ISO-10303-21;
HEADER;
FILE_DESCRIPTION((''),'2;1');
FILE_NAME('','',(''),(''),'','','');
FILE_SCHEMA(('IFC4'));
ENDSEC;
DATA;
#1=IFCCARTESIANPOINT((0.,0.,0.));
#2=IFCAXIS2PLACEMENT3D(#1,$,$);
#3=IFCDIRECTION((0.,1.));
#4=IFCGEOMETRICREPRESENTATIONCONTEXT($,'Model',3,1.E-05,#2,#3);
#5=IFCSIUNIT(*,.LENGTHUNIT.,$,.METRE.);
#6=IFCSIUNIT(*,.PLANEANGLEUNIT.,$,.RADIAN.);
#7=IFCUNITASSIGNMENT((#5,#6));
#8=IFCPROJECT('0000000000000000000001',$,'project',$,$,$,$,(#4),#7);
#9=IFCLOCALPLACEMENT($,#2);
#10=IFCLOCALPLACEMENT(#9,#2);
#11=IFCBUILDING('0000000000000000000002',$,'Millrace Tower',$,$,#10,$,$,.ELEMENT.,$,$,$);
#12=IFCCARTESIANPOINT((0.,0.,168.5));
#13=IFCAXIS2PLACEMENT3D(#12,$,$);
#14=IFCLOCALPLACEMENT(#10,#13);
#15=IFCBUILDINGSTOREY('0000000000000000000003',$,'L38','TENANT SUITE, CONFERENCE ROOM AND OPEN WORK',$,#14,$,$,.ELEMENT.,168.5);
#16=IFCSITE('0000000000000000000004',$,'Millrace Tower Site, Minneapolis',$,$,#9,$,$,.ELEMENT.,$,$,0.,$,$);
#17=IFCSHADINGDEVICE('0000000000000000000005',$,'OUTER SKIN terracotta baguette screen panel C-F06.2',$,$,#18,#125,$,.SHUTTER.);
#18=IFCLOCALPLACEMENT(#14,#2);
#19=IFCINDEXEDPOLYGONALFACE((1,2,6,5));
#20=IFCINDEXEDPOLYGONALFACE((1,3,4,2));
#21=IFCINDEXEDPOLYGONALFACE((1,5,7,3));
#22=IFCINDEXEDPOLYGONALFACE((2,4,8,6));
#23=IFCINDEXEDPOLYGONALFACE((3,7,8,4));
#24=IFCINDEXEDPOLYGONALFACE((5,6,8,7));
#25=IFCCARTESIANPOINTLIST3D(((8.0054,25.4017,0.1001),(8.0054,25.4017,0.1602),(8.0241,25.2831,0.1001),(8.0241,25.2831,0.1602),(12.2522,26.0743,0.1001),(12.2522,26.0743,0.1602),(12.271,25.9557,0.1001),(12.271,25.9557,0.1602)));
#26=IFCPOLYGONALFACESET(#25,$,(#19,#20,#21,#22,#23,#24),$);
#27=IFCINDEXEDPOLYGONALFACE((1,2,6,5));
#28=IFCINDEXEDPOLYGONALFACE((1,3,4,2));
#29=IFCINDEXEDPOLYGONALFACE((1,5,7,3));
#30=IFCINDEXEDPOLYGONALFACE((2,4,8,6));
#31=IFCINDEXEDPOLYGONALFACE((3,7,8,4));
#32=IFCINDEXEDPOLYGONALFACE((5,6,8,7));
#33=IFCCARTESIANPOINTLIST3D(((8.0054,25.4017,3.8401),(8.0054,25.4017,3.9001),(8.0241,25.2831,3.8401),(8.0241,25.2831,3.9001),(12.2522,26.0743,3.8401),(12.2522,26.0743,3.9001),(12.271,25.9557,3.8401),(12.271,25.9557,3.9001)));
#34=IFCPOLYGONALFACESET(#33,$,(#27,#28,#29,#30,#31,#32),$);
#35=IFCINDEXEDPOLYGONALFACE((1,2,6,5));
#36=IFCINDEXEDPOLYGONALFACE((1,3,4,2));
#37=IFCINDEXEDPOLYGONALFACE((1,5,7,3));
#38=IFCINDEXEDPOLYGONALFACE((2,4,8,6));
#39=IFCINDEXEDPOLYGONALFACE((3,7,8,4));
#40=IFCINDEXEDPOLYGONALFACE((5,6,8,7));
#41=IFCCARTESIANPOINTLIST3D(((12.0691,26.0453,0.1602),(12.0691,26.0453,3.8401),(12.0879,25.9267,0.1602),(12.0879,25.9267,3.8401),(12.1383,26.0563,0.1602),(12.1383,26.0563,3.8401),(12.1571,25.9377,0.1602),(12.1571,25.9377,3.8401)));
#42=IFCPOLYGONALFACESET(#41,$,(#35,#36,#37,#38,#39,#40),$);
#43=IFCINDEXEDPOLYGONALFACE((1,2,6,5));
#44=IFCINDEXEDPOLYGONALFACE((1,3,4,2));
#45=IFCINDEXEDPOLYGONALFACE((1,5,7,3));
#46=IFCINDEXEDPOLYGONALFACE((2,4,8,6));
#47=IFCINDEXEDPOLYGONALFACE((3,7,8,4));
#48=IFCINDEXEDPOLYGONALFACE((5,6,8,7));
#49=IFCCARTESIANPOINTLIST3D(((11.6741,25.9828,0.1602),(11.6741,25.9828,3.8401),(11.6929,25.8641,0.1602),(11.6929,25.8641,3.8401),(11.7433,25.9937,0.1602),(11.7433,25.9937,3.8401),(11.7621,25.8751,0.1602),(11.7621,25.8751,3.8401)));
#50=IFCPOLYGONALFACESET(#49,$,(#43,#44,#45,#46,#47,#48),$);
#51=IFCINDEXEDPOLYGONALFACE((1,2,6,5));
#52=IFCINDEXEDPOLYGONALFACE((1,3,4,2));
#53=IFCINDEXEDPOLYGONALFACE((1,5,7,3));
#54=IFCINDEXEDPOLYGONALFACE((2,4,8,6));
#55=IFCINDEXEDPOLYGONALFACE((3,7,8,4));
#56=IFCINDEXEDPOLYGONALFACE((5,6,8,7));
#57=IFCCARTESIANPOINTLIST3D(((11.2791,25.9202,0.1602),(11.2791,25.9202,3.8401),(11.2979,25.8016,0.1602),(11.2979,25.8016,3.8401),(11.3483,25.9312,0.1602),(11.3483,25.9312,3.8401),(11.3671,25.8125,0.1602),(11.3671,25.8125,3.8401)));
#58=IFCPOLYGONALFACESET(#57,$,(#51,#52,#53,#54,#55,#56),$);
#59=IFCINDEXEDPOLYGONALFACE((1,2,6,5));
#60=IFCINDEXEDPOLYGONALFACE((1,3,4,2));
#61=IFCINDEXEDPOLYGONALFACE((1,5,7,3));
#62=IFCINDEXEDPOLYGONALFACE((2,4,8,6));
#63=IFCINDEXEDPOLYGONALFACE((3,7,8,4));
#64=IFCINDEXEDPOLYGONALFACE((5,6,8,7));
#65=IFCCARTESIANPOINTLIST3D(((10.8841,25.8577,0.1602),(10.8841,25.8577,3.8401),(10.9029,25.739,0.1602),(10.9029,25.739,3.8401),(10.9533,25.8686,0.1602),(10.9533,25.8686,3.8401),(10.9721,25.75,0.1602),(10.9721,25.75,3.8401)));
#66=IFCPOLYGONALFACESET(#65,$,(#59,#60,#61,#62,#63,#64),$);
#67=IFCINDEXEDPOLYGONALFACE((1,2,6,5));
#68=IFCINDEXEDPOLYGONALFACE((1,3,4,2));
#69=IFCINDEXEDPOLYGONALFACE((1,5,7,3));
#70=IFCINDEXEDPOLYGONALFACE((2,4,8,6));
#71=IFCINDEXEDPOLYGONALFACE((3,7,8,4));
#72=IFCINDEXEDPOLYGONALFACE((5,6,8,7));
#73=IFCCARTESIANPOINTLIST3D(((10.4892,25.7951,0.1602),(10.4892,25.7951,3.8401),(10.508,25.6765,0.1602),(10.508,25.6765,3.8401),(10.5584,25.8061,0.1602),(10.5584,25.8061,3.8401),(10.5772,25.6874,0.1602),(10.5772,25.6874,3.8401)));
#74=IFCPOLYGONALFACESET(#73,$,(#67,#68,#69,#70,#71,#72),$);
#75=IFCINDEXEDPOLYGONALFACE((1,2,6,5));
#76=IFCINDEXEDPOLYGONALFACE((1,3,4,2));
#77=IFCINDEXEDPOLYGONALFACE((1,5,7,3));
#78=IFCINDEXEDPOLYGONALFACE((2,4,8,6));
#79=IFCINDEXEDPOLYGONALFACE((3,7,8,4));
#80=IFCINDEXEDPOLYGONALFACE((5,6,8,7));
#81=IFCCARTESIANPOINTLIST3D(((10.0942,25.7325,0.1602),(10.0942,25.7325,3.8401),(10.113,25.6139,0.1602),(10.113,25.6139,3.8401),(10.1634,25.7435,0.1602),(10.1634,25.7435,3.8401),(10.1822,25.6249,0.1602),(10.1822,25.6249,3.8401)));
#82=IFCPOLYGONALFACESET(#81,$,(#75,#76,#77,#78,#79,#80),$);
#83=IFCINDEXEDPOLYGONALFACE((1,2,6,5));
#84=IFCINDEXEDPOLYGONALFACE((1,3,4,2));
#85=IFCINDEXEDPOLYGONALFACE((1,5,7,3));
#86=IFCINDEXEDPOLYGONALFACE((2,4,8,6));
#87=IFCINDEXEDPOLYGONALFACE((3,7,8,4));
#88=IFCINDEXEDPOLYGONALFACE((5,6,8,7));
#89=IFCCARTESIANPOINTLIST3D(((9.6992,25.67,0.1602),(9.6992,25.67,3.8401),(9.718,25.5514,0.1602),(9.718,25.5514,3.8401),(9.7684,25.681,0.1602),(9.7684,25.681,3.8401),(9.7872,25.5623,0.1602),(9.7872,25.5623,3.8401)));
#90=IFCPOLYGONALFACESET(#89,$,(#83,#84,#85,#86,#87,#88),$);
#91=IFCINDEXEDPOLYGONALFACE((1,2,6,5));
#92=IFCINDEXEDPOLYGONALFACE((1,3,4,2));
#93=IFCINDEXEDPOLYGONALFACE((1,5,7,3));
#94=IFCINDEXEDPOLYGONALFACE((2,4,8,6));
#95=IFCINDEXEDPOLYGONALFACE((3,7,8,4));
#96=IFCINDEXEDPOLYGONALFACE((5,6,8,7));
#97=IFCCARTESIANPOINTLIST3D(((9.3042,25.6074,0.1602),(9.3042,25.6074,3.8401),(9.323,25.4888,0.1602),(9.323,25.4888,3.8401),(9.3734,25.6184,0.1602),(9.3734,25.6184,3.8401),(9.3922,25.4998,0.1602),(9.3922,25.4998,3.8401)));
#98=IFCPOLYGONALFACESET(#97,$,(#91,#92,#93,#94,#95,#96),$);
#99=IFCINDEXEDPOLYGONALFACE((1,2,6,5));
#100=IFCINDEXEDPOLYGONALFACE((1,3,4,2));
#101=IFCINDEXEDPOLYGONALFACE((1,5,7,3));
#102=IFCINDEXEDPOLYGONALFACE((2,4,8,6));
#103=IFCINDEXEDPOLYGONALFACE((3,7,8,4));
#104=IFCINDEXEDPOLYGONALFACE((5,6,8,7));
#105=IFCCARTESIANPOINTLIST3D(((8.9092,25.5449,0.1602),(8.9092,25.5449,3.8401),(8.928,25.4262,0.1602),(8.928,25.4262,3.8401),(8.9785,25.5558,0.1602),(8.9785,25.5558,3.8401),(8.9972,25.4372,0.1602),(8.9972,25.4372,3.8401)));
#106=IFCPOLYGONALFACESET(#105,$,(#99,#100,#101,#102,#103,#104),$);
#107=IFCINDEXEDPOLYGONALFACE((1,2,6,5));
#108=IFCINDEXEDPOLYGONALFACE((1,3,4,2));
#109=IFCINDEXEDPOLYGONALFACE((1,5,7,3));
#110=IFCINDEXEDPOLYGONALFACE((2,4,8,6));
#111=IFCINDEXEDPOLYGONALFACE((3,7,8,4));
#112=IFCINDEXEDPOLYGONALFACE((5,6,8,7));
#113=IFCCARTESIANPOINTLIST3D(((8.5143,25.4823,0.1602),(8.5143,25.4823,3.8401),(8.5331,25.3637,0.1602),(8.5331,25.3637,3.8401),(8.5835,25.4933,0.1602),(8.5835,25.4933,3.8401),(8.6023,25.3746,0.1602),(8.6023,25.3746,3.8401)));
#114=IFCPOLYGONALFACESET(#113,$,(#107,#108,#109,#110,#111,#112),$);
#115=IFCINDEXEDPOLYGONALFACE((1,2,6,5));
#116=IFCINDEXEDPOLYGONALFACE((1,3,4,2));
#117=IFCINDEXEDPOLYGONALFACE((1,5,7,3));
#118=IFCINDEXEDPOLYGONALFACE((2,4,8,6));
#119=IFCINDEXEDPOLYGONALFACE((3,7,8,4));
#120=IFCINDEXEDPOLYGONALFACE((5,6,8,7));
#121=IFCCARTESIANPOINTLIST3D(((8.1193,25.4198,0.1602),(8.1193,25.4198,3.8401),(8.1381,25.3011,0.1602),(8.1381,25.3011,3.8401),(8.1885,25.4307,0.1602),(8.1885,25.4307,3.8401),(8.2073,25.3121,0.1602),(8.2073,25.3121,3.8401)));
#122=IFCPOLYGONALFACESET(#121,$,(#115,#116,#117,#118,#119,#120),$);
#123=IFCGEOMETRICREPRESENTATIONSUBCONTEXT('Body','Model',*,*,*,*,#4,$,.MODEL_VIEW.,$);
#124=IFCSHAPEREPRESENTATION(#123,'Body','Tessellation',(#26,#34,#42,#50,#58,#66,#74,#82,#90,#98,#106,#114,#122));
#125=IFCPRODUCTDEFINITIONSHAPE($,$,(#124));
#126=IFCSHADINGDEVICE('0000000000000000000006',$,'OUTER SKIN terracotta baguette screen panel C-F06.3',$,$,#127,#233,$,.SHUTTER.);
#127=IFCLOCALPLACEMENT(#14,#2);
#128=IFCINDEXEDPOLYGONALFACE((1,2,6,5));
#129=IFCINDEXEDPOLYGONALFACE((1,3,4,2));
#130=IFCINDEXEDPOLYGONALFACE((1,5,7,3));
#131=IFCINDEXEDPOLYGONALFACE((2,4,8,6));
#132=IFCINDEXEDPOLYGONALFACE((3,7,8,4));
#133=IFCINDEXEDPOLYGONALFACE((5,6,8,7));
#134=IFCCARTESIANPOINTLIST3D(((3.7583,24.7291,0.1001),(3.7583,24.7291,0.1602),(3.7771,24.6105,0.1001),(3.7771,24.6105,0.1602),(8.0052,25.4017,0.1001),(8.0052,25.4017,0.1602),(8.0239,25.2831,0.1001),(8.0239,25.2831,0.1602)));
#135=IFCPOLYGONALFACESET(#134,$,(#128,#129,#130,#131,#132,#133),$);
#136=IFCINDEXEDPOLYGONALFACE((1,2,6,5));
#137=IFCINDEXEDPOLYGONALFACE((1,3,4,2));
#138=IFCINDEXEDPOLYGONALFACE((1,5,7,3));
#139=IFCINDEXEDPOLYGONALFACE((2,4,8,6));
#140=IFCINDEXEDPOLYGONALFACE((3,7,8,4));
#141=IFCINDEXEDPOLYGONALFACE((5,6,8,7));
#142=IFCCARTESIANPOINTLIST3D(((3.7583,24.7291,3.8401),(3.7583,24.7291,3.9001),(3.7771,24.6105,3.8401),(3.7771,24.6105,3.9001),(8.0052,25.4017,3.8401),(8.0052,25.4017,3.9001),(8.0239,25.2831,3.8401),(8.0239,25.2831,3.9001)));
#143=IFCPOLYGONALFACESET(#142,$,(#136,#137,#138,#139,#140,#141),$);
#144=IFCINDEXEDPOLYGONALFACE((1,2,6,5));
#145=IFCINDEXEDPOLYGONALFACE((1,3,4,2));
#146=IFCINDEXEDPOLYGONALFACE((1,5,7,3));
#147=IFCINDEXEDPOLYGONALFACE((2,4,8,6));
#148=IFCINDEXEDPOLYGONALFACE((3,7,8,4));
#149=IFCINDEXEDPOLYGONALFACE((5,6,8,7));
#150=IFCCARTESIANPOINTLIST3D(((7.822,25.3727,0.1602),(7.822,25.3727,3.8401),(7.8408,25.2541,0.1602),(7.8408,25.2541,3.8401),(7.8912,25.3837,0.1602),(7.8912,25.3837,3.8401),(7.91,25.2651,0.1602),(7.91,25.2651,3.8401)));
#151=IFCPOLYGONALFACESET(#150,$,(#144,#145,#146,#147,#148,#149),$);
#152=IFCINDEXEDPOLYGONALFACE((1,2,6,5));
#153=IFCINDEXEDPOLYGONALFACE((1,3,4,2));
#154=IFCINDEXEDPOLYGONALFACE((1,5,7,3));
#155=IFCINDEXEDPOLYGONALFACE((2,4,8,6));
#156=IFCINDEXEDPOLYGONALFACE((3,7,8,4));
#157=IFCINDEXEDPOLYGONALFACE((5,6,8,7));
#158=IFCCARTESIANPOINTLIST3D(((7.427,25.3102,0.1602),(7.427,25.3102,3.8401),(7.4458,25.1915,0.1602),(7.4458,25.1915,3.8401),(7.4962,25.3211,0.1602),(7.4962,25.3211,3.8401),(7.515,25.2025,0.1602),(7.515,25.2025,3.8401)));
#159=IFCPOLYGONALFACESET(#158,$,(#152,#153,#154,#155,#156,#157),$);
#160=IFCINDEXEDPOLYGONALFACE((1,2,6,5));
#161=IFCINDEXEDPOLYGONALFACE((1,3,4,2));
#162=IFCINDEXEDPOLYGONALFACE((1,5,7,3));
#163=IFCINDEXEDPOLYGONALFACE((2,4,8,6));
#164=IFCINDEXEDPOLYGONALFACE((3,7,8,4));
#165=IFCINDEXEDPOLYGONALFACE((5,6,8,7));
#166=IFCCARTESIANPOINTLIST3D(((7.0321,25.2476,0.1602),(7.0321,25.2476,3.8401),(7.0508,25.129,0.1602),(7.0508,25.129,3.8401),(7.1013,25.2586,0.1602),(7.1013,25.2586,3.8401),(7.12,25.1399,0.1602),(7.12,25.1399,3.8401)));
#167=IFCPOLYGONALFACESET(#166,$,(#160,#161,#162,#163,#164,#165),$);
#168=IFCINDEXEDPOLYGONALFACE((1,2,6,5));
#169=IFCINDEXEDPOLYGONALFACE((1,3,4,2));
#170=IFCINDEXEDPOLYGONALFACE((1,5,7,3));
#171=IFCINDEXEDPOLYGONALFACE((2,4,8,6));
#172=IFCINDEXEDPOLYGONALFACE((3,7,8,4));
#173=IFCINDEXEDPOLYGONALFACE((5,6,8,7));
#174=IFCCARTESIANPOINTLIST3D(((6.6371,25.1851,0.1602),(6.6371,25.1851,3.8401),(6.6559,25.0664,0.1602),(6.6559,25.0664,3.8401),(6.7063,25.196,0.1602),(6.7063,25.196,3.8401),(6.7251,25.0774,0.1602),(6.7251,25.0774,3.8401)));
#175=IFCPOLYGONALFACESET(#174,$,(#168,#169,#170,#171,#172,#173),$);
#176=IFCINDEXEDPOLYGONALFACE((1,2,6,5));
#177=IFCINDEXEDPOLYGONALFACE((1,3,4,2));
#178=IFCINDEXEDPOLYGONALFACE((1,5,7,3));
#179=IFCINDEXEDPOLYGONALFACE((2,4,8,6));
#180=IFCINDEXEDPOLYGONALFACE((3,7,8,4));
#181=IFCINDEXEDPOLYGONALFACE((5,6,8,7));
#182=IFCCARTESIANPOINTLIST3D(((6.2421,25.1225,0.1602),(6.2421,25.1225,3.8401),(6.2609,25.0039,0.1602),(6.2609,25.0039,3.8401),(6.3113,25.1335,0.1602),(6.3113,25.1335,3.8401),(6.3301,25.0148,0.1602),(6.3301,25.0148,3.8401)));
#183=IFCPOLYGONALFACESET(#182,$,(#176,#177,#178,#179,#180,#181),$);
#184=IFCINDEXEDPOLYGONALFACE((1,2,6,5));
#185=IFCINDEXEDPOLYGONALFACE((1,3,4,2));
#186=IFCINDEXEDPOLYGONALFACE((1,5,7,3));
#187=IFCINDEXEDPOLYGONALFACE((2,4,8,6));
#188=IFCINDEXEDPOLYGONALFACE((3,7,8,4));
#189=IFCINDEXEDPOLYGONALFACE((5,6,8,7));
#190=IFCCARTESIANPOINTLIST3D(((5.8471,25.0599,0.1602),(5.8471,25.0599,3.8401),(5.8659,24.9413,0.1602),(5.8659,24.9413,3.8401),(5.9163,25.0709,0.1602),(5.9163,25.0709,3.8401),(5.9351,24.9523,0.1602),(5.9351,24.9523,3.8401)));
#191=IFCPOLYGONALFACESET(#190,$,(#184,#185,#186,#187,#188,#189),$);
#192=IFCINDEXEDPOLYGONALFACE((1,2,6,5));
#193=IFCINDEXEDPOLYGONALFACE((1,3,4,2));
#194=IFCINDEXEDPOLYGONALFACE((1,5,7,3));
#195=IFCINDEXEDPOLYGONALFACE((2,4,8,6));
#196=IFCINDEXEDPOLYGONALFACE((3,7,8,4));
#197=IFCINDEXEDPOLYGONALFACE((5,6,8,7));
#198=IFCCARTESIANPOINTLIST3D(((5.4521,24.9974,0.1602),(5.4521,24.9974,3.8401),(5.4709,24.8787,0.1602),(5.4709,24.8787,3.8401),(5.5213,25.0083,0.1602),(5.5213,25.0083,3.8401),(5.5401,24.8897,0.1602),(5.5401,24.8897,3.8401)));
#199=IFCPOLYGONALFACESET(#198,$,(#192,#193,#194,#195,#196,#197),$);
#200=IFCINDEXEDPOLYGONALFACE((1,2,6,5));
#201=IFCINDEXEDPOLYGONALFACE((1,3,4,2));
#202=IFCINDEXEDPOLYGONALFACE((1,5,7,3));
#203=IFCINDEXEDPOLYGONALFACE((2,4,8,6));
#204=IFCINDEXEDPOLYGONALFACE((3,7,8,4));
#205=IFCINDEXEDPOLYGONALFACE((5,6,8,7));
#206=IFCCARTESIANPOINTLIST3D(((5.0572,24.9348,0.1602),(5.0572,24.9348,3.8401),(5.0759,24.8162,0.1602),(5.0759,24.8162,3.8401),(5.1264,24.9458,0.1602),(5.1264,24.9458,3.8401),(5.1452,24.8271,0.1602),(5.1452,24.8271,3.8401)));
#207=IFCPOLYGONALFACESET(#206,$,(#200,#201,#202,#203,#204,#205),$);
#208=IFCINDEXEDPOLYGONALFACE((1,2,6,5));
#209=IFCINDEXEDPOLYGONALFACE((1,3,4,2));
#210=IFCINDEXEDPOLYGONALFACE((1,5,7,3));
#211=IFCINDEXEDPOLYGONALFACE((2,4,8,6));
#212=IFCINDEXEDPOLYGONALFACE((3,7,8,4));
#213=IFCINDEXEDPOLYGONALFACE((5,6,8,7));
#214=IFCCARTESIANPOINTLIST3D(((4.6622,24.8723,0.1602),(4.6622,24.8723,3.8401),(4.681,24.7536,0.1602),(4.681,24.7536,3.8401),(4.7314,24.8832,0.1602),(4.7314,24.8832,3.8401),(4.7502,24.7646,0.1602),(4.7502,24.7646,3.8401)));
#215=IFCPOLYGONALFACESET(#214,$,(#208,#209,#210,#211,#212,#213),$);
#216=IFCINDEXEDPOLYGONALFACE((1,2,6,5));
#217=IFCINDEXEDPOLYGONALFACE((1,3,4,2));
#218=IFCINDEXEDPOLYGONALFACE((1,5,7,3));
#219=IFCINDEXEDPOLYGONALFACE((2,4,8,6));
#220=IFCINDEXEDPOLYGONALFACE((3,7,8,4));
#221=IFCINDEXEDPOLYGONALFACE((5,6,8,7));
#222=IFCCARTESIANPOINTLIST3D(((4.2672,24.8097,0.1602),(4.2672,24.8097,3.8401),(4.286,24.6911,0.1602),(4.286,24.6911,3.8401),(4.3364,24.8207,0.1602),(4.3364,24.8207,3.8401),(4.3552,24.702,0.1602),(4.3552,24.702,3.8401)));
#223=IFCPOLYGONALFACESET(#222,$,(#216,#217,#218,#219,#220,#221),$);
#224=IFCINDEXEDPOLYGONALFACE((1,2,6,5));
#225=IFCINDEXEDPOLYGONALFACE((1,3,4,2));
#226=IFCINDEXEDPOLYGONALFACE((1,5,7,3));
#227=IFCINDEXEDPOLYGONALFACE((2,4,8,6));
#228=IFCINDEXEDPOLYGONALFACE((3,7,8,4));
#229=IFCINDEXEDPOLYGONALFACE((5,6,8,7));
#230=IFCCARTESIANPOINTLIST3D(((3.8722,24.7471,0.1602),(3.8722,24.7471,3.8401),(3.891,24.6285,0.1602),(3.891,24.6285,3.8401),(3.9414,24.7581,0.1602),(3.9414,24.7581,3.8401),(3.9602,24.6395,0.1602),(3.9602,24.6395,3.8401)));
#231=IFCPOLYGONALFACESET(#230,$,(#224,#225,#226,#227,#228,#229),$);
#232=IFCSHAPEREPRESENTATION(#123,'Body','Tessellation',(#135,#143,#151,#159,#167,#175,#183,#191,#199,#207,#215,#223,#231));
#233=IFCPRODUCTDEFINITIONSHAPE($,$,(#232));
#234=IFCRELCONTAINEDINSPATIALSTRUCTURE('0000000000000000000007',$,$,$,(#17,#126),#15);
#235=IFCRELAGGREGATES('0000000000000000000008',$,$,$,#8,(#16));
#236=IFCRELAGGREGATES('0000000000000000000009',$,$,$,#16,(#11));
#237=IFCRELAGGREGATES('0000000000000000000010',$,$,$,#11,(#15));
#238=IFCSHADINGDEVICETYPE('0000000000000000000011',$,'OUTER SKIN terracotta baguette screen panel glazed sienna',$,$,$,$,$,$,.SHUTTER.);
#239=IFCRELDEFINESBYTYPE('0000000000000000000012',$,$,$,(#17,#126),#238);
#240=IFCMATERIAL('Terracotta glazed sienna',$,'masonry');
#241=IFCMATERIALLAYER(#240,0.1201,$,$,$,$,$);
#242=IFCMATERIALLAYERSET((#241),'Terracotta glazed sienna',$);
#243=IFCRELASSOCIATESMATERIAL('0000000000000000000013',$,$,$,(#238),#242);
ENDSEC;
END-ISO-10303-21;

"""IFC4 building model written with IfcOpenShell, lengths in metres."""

from ifc_helpers import new_model, entity, si_unit, direction, frame, frame_2d, origin, origin_2d, place, context, subcontext, project, spatial, rectangle, extrude, source, transform, mapped, material, layer, layer_set, type_object, element, save


model = new_model("IFC4")

# Units and contexts
model_context = context("Model", 3, precision=1e-05, world=origin(), true_north=direction((0.0, 1.0)))
body_context = subcontext(model_context, "Body", "Model", "MODEL_VIEW")
ifc_project = project(units=[si_unit("LENGTHUNIT", "METRE"), si_unit("PLANEANGLEUNIT", "RADIAN")], contexts=[model_context])

# Site, building, storey
site_placement = place(None, origin())
site = spatial("IfcSite", under=ifc_project, at=site_placement, Name="Millrace Tower Site, Minneapolis", CompositionType="ELEMENT", RefElevation=0.0)
building_placement = place(site_placement, origin())
building = spatial("IfcBuilding", under=site, at=building_placement, Name="Millrace Tower", CompositionType="ELEMENT")
storey_placement = place(building_placement, frame((0.0, 0.0, 168.5)))
storey = spatial("IfcBuildingStorey", under=building, at=storey_placement, Name="L38", Description="TENANT SUITE, CONFERENCE ROOM AND OPEN WORK", CompositionType="ELEMENT", Elevation=168.5)

# Shading devices
ifc_material_1 = material(Name="Terracotta glazed sienna", Category="masonry")
ifc_layer_1 = layer(ifc_material_1, 0.1201)
ifc_layer_set_1 = layer_set([ifc_layer_1], Name="Terracotta glazed sienna")
shading_device_type = type_object("IfcShadingDeviceType", Name="OUTER SKIN terracotta baguette screen panel glazed sienna", PredefinedType="SHUTTER", material=ifc_layer_set_1)
cartesian_point_1 = entity("IfcCartesianPoint", [-2.1499, 0.0601])
shared_polyline_1 = entity("IfcPolyline", [cartesian_point_1, entity("IfcCartesianPoint", [2.1499, 0.0601]), entity("IfcCartesianPoint", [2.1499, -0.0601]), entity("IfcCartesianPoint", [-2.1499, -0.0601]), cartesian_point_1])
shared_shape_1 = source(origin(), body_context, "Body", "SweptSolid", [
    entity("IfcExtrudedAreaSolid", entity("IfcArbitraryClosedProfileDef", "AREA", None, shared_polyline_1), entity("IfcAxis2Placement3D", entity("IfcCartesianPoint", [0.0, 0.0, 0.0])), entity("IfcDirection", [0.0, 0.0, 1.0]), 0.0601),
    entity("IfcExtrudedAreaSolid", entity("IfcArbitraryClosedProfileDef", "AREA", None, shared_polyline_1), entity("IfcAxis2Placement3D", entity("IfcCartesianPoint", [0.0, 0.0, 3.74])), entity("IfcDirection", [0.0, 0.0, 1.0]), 0.0601),
    extrude(rectangle(XDim=0.0701, YDim=0.1201, at=frame_2d((-1.9995, 0.0))), frame((0.0, 0.0, 0.0601)), (0.0, 0.0, 1.0), 3.6799),
    extrude(rectangle(XDim=0.0701, YDim=0.1201, at=frame_2d((-1.5996, 0.0))), frame((0.0, 0.0, 0.0601)), (0.0, 0.0, 1.0), 3.6799),
    extrude(rectangle(XDim=0.0701, YDim=0.1201, at=frame_2d((-1.1997, 0.0))), frame((0.0, 0.0, 0.0601)), (0.0, 0.0, 1.0), 3.6799),
    extrude(rectangle(XDim=0.0701, YDim=0.1201, at=frame_2d((-0.7998, 0.0))), frame((0.0, 0.0, 0.0601)), (0.0, 0.0, 1.0), 3.6799),
    extrude(rectangle(XDim=0.0701, YDim=0.1201, at=frame_2d((-0.3999, 0.0))), frame((0.0, 0.0, 0.0601)), (0.0, 0.0, 1.0), 3.6799),
    extrude(rectangle(XDim=0.0701, YDim=0.1201, at=origin_2d()), frame((0.0, 0.0, 0.0601)), (0.0, 0.0, 1.0), 3.6799),
    extrude(rectangle(XDim=0.0701, YDim=0.1201, at=frame_2d((0.3999, 0.0))), frame((0.0, 0.0, 0.0601)), (0.0, 0.0, 1.0), 3.6799),
    extrude(rectangle(XDim=0.0701, YDim=0.1201, at=frame_2d((0.7998, 0.0))), frame((0.0, 0.0, 0.0601)), (0.0, 0.0, 1.0), 3.6799),
    extrude(rectangle(XDim=0.0701, YDim=0.1201, at=frame_2d((1.1997, 0.0))), frame((0.0, 0.0, 0.0601)), (0.0, 0.0, 1.0), 3.6799),
    extrude(rectangle(XDim=0.0701, YDim=0.1201, at=frame_2d((1.5996, 0.0))), frame((0.0, 0.0, 0.0601)), (0.0, 0.0, 1.0), 3.6799),
    extrude(rectangle(XDim=0.0701, YDim=0.1201, at=frame_2d((1.9995, 0.0))), frame((0.0, 0.0, 0.0601)), (0.0, 0.0, 1.0), 3.6799),
])
for number, where, z_axis, x_axis, name in (
    (1, (10.1382, 25.6787, 0.1001), (0.0, 0.0, 1.0), (-0.987688, -0.156434, 0.0), "OUTER SKIN terracotta baguette screen panel C-F06.2"),
    (2, (5.8911, 25.0061, 0.1001), (0.0, 0.0, 1.0), (-0.987688, -0.156434, 0.0), "OUTER SKIN terracotta baguette screen panel C-F06.3"),
):
    element("IfcShadingDevice", number, at=place(storey_placement, frame(where, z_axis=z_axis, x_axis=x_axis)), inside=storey, type_object=shading_device_type, Name=name, PredefinedType="SHUTTER", context=body_context, shape_type="MappedRepresentation", body=[
        mapped(shared_shape_1, transform((0.0, 0.0, 0.0), scale=1.0)),
    ])

save(model, "model.ifc")
